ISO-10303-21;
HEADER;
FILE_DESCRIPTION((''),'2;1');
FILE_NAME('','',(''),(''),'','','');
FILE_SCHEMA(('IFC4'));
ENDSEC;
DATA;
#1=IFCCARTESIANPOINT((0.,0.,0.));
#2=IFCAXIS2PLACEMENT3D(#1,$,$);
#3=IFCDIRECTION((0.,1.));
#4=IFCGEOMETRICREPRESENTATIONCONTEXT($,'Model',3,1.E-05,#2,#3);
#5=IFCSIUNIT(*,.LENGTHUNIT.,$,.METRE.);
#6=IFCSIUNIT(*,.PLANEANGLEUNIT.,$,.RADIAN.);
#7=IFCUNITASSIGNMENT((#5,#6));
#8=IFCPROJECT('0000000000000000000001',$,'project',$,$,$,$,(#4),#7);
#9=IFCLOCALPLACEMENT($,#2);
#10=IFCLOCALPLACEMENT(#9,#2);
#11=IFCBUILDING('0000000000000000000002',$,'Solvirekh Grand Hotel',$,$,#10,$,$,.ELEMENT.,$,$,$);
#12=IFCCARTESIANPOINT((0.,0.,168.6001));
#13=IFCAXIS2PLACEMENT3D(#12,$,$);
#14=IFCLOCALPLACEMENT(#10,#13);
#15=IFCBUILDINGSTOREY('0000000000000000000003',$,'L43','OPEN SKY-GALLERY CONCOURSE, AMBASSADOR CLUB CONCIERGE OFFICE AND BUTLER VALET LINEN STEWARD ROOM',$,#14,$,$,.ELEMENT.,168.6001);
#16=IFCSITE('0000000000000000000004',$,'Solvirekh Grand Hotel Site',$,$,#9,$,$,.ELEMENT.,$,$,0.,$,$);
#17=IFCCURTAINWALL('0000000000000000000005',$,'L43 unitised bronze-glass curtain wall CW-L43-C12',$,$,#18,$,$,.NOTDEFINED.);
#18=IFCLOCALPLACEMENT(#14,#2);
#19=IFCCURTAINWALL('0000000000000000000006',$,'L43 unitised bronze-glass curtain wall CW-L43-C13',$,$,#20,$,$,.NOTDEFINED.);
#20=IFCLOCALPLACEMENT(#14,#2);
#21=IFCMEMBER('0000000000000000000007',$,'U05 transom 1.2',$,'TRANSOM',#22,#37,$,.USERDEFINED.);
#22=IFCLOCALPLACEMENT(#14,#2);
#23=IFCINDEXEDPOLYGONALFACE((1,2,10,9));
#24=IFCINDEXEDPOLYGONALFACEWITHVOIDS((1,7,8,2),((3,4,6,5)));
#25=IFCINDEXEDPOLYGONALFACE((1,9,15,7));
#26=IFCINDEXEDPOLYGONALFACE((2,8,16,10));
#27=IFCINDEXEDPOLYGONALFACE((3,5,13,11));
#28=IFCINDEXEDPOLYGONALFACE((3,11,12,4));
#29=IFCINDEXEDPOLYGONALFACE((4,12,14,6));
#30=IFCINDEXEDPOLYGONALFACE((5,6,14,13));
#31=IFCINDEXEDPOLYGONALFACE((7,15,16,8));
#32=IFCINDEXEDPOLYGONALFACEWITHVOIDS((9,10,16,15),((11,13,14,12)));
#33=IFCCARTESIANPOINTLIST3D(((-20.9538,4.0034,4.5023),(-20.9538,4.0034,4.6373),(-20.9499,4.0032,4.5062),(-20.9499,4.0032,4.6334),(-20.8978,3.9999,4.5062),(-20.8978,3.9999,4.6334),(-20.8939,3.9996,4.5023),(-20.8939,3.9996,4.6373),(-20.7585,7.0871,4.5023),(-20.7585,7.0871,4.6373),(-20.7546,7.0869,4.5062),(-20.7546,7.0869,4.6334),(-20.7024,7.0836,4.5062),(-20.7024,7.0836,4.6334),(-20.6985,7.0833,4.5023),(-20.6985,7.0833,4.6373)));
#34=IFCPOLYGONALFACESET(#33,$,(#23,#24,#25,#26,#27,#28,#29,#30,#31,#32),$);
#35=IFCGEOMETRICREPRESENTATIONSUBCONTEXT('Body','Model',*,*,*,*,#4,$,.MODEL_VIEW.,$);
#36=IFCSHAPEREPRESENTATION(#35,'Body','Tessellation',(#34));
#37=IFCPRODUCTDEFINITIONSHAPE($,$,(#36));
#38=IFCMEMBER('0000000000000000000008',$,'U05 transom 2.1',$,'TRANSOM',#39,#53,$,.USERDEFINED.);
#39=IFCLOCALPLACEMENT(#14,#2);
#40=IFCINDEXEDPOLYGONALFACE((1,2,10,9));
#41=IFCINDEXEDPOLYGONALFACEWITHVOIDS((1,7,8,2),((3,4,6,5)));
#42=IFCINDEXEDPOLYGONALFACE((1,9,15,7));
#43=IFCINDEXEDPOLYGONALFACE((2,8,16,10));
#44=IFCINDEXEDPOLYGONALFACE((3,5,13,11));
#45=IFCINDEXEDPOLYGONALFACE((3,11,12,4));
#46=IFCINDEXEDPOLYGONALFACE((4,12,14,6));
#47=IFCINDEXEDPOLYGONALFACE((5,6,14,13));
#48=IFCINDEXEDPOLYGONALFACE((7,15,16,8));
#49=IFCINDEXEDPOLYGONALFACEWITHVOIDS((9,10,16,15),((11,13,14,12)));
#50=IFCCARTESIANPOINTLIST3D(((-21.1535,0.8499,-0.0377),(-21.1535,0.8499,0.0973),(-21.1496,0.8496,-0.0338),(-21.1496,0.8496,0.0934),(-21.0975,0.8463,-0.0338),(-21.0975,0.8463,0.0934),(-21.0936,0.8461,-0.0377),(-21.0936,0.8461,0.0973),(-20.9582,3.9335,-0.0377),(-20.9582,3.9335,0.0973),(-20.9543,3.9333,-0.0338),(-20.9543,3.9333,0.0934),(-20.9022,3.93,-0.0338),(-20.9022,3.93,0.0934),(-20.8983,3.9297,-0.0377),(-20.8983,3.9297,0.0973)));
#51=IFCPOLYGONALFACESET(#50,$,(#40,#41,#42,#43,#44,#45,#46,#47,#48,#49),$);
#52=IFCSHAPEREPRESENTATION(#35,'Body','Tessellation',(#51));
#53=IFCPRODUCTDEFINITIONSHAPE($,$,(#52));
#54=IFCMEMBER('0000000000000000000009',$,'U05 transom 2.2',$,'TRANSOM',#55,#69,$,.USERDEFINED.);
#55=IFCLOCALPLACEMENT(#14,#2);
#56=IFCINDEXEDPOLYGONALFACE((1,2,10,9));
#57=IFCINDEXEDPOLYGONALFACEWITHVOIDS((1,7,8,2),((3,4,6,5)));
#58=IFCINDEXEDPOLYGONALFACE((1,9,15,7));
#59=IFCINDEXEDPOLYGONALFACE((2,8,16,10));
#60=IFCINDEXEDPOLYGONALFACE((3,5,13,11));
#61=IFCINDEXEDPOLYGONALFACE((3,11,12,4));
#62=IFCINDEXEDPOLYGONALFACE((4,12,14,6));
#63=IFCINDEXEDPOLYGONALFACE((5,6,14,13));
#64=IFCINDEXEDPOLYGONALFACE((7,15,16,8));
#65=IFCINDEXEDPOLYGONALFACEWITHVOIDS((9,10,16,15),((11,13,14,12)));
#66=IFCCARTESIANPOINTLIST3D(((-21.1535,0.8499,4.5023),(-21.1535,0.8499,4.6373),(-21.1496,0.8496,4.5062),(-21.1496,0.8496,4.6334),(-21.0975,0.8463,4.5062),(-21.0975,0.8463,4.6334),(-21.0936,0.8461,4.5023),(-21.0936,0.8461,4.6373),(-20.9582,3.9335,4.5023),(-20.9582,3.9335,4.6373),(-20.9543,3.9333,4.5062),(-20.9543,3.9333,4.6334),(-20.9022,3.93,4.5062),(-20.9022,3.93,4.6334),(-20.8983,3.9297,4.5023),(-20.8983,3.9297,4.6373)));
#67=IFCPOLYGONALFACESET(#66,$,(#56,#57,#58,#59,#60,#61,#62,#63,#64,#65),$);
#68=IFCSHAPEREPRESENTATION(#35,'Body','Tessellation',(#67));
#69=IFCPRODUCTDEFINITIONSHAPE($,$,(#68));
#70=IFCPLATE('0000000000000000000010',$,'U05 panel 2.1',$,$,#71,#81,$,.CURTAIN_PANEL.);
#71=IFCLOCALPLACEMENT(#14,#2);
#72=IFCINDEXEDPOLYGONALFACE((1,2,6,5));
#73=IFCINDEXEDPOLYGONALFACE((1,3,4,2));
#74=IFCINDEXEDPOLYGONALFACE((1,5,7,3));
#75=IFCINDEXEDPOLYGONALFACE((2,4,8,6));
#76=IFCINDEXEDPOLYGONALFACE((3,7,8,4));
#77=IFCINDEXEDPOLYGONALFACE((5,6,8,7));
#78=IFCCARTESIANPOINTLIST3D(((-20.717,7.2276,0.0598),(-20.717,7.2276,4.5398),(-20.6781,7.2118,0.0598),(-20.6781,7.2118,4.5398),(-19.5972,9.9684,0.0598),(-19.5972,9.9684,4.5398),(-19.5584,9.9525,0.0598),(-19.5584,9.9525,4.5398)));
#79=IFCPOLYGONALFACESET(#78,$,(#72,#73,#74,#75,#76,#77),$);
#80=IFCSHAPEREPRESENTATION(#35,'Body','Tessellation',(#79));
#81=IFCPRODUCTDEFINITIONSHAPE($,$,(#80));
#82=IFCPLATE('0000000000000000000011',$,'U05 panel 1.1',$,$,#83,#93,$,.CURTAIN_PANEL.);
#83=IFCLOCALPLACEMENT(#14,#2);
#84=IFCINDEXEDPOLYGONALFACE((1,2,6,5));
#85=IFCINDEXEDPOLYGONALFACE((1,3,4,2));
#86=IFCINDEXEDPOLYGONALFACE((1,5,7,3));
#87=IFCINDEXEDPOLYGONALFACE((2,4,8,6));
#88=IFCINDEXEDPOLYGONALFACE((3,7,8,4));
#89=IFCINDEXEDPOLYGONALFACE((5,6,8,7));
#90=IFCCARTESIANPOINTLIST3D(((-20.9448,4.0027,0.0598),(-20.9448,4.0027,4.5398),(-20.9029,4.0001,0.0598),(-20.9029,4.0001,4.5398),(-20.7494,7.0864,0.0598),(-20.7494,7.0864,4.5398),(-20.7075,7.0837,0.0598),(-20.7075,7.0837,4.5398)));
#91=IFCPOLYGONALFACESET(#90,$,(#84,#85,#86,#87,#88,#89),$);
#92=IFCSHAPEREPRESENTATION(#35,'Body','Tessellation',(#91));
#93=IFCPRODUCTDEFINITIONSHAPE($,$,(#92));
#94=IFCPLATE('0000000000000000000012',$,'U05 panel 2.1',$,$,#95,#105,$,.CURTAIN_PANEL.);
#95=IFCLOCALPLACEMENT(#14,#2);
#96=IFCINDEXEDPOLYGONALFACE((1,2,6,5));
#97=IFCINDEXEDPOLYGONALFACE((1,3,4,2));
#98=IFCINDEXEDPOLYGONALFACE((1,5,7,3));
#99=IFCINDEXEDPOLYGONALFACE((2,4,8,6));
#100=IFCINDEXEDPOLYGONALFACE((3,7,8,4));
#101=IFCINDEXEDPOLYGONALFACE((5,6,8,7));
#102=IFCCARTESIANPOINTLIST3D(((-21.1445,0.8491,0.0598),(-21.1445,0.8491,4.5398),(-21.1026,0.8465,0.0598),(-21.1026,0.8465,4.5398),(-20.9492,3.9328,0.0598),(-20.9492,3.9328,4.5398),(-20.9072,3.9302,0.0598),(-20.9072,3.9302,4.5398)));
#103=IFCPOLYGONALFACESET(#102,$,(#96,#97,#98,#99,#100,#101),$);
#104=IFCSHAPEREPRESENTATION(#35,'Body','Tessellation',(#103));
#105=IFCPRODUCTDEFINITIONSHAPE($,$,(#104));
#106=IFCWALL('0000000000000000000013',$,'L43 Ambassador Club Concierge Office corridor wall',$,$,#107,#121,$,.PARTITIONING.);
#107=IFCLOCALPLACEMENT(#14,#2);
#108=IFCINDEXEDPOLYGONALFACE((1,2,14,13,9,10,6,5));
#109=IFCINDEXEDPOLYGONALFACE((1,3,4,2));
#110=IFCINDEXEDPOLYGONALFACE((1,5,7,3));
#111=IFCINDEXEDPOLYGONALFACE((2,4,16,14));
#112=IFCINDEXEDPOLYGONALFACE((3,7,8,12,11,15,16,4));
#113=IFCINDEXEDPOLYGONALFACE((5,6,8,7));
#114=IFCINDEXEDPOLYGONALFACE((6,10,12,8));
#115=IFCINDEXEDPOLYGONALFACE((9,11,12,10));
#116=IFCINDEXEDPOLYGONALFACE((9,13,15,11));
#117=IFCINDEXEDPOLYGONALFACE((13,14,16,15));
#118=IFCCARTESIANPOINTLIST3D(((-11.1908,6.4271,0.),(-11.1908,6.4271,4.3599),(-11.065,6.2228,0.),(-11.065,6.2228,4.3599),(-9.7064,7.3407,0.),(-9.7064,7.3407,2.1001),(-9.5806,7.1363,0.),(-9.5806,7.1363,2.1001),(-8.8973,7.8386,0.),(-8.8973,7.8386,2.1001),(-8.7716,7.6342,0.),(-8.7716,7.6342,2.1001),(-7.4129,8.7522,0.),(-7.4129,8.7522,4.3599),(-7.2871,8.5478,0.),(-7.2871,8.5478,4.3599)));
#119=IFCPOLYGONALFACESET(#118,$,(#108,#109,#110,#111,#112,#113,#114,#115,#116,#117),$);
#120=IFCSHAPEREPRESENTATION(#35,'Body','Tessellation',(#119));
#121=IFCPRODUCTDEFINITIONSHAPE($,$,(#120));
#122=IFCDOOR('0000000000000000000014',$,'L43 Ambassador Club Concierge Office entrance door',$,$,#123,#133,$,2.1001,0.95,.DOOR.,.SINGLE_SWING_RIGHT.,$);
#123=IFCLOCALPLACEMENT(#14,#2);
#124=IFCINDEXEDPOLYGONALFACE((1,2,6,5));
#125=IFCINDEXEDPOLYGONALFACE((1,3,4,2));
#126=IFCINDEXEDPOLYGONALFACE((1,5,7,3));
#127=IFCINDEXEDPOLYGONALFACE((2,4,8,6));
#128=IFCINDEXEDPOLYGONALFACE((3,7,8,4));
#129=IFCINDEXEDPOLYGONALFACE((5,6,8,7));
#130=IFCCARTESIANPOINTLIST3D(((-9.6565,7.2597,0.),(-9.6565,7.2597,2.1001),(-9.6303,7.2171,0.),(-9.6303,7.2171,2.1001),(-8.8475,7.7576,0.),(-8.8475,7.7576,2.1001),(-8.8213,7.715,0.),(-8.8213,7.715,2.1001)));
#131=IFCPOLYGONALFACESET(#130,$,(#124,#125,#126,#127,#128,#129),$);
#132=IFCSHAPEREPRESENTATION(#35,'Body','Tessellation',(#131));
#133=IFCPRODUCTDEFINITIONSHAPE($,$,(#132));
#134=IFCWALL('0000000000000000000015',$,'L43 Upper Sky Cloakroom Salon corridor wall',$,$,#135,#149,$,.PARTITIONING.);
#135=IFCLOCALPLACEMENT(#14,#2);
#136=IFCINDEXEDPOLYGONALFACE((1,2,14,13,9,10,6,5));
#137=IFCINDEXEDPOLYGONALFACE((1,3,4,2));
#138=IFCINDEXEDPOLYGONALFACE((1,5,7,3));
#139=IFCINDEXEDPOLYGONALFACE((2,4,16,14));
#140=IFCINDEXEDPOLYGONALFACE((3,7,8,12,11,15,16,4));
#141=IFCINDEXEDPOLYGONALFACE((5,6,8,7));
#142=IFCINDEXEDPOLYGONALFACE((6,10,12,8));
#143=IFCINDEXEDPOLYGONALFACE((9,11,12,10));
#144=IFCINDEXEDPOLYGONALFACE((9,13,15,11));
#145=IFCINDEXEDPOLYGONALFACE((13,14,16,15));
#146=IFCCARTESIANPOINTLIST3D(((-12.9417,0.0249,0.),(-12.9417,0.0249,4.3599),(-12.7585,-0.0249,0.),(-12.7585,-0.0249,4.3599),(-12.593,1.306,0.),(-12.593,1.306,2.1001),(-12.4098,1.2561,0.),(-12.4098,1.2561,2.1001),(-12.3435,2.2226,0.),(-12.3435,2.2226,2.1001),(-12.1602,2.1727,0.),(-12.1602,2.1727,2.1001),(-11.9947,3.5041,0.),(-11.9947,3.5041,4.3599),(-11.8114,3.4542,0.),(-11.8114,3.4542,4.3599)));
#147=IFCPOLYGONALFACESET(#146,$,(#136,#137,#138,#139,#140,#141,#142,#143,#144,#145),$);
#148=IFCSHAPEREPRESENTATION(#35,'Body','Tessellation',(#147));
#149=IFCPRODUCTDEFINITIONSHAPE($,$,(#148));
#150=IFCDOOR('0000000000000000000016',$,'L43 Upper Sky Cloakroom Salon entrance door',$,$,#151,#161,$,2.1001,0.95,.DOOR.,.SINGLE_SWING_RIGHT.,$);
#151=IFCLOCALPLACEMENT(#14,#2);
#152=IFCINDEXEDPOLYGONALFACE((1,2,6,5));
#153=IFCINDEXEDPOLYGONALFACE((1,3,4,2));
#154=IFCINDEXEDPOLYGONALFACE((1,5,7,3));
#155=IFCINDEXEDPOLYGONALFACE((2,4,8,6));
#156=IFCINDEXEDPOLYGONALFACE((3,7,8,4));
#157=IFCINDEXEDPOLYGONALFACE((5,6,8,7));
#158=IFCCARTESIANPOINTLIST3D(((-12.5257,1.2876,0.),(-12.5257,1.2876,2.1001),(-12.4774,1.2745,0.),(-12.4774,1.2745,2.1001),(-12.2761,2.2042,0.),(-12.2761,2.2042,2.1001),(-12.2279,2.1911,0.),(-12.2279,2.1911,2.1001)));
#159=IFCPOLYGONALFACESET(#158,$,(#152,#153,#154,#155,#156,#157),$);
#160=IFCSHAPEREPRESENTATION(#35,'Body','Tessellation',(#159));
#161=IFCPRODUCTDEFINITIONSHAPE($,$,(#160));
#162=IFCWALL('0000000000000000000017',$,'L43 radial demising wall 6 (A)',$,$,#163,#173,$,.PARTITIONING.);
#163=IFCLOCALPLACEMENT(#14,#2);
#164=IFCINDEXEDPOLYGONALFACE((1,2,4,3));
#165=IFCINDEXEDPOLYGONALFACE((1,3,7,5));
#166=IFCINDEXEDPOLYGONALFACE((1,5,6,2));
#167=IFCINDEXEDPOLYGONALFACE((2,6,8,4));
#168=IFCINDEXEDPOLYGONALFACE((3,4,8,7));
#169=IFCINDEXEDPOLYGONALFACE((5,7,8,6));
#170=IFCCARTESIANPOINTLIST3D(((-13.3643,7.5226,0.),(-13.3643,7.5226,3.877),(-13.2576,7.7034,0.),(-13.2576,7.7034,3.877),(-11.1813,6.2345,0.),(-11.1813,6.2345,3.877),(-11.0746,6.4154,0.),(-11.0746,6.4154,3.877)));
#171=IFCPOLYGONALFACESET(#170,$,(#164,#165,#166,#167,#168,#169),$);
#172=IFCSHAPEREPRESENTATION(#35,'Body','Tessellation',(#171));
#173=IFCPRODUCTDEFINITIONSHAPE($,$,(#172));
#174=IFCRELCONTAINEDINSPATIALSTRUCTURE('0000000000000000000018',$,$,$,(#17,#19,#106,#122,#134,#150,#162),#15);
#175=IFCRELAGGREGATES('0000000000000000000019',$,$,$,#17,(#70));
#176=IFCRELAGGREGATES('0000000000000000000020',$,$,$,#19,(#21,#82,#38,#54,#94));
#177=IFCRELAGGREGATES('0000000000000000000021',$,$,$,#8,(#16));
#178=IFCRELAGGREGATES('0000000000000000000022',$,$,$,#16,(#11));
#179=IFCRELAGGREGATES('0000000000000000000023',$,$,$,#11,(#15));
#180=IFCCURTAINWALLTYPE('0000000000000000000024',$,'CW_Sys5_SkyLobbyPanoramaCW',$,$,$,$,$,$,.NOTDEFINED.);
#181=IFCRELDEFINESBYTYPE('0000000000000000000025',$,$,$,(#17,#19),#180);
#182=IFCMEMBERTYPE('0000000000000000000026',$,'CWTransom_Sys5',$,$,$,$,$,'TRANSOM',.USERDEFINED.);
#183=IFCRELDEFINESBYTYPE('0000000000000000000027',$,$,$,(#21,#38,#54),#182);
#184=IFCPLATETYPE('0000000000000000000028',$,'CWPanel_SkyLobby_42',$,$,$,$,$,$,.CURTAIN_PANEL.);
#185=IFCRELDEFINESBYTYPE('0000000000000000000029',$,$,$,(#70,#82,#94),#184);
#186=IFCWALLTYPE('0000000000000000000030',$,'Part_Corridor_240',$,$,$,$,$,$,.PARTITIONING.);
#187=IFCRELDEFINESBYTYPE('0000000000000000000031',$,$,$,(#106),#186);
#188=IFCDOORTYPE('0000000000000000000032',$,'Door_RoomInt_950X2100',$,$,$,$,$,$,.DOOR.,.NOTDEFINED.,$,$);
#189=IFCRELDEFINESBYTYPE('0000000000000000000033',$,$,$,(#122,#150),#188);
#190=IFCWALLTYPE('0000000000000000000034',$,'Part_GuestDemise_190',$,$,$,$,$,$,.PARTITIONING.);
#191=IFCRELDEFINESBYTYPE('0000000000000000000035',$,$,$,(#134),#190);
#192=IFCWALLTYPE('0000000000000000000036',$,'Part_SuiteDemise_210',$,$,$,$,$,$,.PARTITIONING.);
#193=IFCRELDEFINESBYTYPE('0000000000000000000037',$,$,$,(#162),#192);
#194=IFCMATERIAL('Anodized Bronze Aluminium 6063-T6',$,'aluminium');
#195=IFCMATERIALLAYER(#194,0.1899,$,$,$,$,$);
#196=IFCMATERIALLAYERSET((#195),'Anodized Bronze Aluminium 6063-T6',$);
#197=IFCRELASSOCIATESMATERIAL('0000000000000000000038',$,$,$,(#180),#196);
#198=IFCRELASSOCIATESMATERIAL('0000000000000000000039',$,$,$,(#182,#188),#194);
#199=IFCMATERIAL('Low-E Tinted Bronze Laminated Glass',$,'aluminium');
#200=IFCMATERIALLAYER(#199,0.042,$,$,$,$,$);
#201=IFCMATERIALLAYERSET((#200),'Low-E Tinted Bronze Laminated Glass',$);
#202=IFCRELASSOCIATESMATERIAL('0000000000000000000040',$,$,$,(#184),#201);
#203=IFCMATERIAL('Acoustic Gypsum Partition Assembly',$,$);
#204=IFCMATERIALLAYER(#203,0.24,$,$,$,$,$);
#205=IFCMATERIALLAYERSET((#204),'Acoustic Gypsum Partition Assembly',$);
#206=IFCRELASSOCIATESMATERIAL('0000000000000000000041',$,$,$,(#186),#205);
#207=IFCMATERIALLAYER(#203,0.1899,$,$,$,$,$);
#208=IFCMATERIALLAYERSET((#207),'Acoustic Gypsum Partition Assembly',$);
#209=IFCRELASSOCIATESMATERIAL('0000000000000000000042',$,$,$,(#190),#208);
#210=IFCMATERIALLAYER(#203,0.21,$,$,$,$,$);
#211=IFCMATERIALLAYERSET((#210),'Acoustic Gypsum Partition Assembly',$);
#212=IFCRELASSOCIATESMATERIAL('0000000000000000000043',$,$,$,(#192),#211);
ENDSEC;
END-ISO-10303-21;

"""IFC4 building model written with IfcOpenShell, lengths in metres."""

from ifc_helpers import new_model, si_unit, direction, frame, frame_2d, origin, origin_2d, place, context, subcontext, project, spatial, rectangle, hollow_rectangle, extrude, source, transform, mapped, material, layer, layer_set, material_profile, profile_set, type_object, element, fill, aggregate, save


model = new_model("IFC4")

# Units and contexts
model_context = context("Model", 3, precision=1e-05, world=origin(), true_north=direction((0.0, 1.0)))
body_context = subcontext(model_context, "Body", "Model", "MODEL_VIEW")
ifc_project = project(units=[si_unit("LENGTHUNIT", "METRE"), si_unit("PLANEANGLEUNIT", "RADIAN")], contexts=[model_context])

# Site, building, storey
site_placement = place(None, origin())
site = spatial("IfcSite", under=ifc_project, at=site_placement, Name="Solvirekh Grand Hotel Site", CompositionType="ELEMENT", RefElevation=0.0)
building_placement = place(site_placement, origin())
building = spatial("IfcBuilding", under=site, at=building_placement, Name="Solvirekh Grand Hotel", CompositionType="ELEMENT")
storey_placement = place(building_placement, frame((0.0, 0.0, 168.6001)))
storey = spatial("IfcBuildingStorey", under=building, at=storey_placement, Name="L43", Description="OPEN SKY-GALLERY CONCOURSE, AMBASSADOR CLUB CONCIERGE OFFICE AND BUTLER VALET LINEN STEWARD ROOM", CompositionType="ELEMENT", Elevation=168.6001)

# Curtain wall
ifc_material_1 = material(Name="Anodized Bronze Aluminium 6063-T6", Category="aluminium")
ifc_layer_1 = layer(ifc_material_1, 0.1899)
ifc_layer_set_1 = layer_set([ifc_layer_1], Name="Anodized Bronze Aluminium 6063-T6")
curtain_wall_type = type_object("IfcCurtainWallType", Name="CW_Sys5_SkyLobbyPanoramaCW", PredefinedType="NOTDEFINED", material=ifc_layer_set_1)
curtain_wall_1_placement = place(storey_placement, origin())
curtain_wall_1 = element("IfcCurtainWall", 1, at=curtain_wall_1_placement, inside=storey, type_object=curtain_wall_type, Name="L43 unitised bronze-glass curtain wall CW-L43-C12", PredefinedType="NOTDEFINED")

# Curtain wall
curtain_wall_2_placement = place(storey_placement, origin())
curtain_wall_2 = element("IfcCurtainWall", 2, at=curtain_wall_2_placement, inside=storey, type_object=curtain_wall_type, Name="L43 unitised bronze-glass curtain wall CW-L43-C13", PredefinedType="NOTDEFINED")

# Members
ifc_material_profile_1 = material_profile(ifc_material_1, hollow_rectangle(XDim=0.0601, YDim=0.135, WallThickness=0.0039, at=origin_2d()), Name="ALU RHS 135X60X4")
ifc_profile_set_1 = profile_set([ifc_material_profile_1], Name="Anodized Bronze Aluminium 6063-T6")
member_type_1 = type_object("IfcMemberType", Name="CWTransom_Sys5", ElementType="TRANSOM", PredefinedType="USERDEFINED", material=ifc_profile_set_1)
shared_shape_1 = source(origin(), body_context, "Body", "SweptSolid", [
    extrude(hollow_rectangle(XDim=0.0601, YDim=0.135, WallThickness=0.0039, at=origin_2d()), origin(), (0.0, 0.0, 1.0), 3.0898),
])
member_1_placement = place(storey_placement, frame((-20.7285, 7.0852, 4.5698), z_axis=(-0.06321, -0.998, 0.0), x_axis=(0.998, -0.06321, 0.0)))
member_1 = element("IfcMember", 3, at=member_1_placement, type_object=member_type_1, Name="U05 transom 1.2", ObjectType="TRANSOM", PredefinedType="USERDEFINED", context=body_context, shape_type="MappedRepresentation", body=[
    mapped(shared_shape_1, transform((0.0, 0.0, 0.0), x_axis=(1.0, 0.0, 0.0), y_axis=(0.0, 1.0, 0.0), z_axis=(0.0, 0.0, 1.0), scale=1.0)),
])
member_2_placement = place(storey_placement, frame((-20.9282, 3.9316, 0.0298), z_axis=(-0.06321, -0.998, 0.0), x_axis=(0.998, -0.06321, 0.0)))
member_2 = element("IfcMember", 4, at=member_2_placement, type_object=member_type_1, Name="U05 transom 2.1", ObjectType="TRANSOM", PredefinedType="USERDEFINED", context=body_context, shape_type="MappedRepresentation", body=[
    mapped(shared_shape_1, transform((0.0, 0.0, 0.0), x_axis=(1.0, 0.0, 0.0), y_axis=(0.0, 1.0, 0.0), z_axis=(0.0, 0.0, 1.0), scale=1.0)),
])
member_3_placement = place(storey_placement, frame((-20.9282, 3.9316, 4.5698), z_axis=(-0.06321, -0.998, 0.0), x_axis=(0.998, -0.06321, 0.0)))
member_3 = element("IfcMember", 5, at=member_3_placement, type_object=member_type_1, Name="U05 transom 2.2", ObjectType="TRANSOM", PredefinedType="USERDEFINED", context=body_context, shape_type="MappedRepresentation", body=[
    mapped(shared_shape_1, transform((0.0, 0.0, 0.0), x_axis=(1.0, 0.0, 0.0), y_axis=(0.0, 1.0, 0.0), z_axis=(0.0, 0.0, 1.0), scale=1.0)),
])

# Plates
ifc_material_2 = material(Name="Low-E Tinted Bronze Laminated Glass", Category="aluminium")
ifc_layer_2 = layer(ifc_material_2, 0.042)
ifc_layer_set_2 = layer_set([ifc_layer_2], Name="Low-E Tinted Bronze Laminated Glass")
plate_type = type_object("IfcPlateType", Name="CWPanel_SkyLobby_42", PredefinedType="CURTAIN_PANEL", material=ifc_layer_set_2)
shared_shape_2 = source(origin(), body_context, "Body", "SweptSolid", [
    extrude(rectangle(XDim=2.9607, YDim=0.042, at=origin_2d()), origin(), (0.0, 0.0, 1.0), 4.48),
])
plate_1_placement = place(storey_placement, frame((-20.1377, 8.5901, 0.0598), z_axis=(0.0, 0.0, 1.0), x_axis=(-0.378214, -0.925718, 0.0)))
plate_1 = element("IfcPlate", 6, at=plate_1_placement, type_object=plate_type, Name="U05 panel 2.1", PredefinedType="CURTAIN_PANEL", context=body_context, shape_type="MappedRepresentation", body=[
    mapped(shared_shape_2, transform((0.0, 0.0, 0.0), x_axis=(1.0, 0.0, 0.0), y_axis=(0.0, 1.0, 0.0), z_axis=(0.0, 0.0, 1.0), scale=1.0)),
])
aggregate(curtain_wall_1, [plate_1])
shared_shape_3 = source(origin(), body_context, "Body", "SweptSolid", [
    extrude(rectangle(XDim=3.0898, YDim=0.042, at=origin_2d()), origin(), (0.0, 0.0, 1.0), 4.48),
])
plate_2_placement = place(storey_placement, frame((-20.8262, 5.5432, 0.0598), z_axis=(0.0, 0.0, 1.0), x_axis=(-0.063226, -0.997999, 0.0)))
plate_2 = element("IfcPlate", 7, at=plate_2_placement, type_object=plate_type, Name="U05 panel 1.1", PredefinedType="CURTAIN_PANEL", context=body_context, shape_type="MappedRepresentation", body=[
    mapped(shared_shape_3, transform((0.0, 0.0, 0.0), x_axis=(1.0, 0.0, 0.0), y_axis=(0.0, 1.0, 0.0), z_axis=(0.0, 0.0, 1.0), scale=1.0)),
])
plate_3_placement = place(storey_placement, frame((-21.0259, 2.3896, 0.0598), z_axis=(0.0, 0.0, 1.0), x_axis=(-0.063226, -0.997999, 0.0)))
plate_3 = element("IfcPlate", 8, at=plate_3_placement, type_object=plate_type, Name="U05 panel 2.1", PredefinedType="CURTAIN_PANEL", context=body_context, shape_type="MappedRepresentation", body=[
    mapped(shared_shape_3, transform((0.0, 0.0, 0.0), x_axis=(1.0, 0.0, 0.0), y_axis=(0.0, 1.0, 0.0), z_axis=(0.0, 0.0, 1.0), scale=1.0)),
])
aggregate(curtain_wall_2, [member_1, plate_2, member_2, member_3, plate_3])

# Walls, openings, doors
ifc_material_3 = material(Name="Acoustic Gypsum Partition Assembly")
ifc_layer_3 = layer(ifc_material_3, 0.24)
ifc_layer_set_3 = layer_set([ifc_layer_3], Name="Acoustic Gypsum Partition Assembly")
wall_type_1 = type_object("IfcWallType", Name="Part_Corridor_240", PredefinedType="PARTITIONING", material=ifc_layer_set_3)
wall_1_placement = place(storey_placement, frame((-11.1279, 6.325, 0.0), z_axis=(0.0, 0.0, 1.0), x_axis=(0.851645, 0.524119, 0.0)))
wall_1 = element("IfcWall", 9, at=wall_1_placement, inside=storey, type_object=wall_type_1, Name="L43 Ambassador Club Concierge Office corridor wall", PredefinedType="PARTITIONING", context=body_context, shape_type="SweptSolid", body=[
    extrude(rectangle(XDim=4.436, YDim=0.24, at=frame_2d((2.218, 0.0))), origin(), (0.0, 0.0, 1.0), 4.3599),
])
opening_1_placement = place(wall_1_placement, frame((1.7429, 0.0, 0.0)))
opening_1 = element("IfcOpeningElement", 10, at=opening_1_placement, cuts=wall_1, PredefinedType="OPENING", context=body_context, shape_type="SweptSolid", body=[
    extrude(rectangle(XDim=0.95, YDim=2.1001, at=frame_2d((0.4751, 1.05))), frame((0.0, 0.1299, 0.0), z_axis=(0.0, -1.0, 0.0), x_axis=(1.0, 0.0, 0.0)), (0.0, 0.0, 1.0), 0.26),
])
door_type = type_object("IfcDoorType", Name="Door_RoomInt_950X2100", OperationType="NOTDEFINED", PredefinedType="DOOR", material=ifc_material_1)
door_1_placement = place(opening_1_placement, origin())
door_1 = element("IfcDoor", 11, at=door_1_placement, inside=storey, type_object=door_type, Name="L43 Ambassador Club Concierge Office entrance door", OperationType="SINGLE_SWING_RIGHT", OverallHeight=2.1001, OverallWidth=0.95, PredefinedType="DOOR", context=body_context, shape_type="SweptSolid", body=[
    extrude(rectangle(XDim=0.95, YDim=2.1001, at=frame_2d((0.4751, 1.05))), frame((0.0, 0.0249, 0.0), z_axis=(0.0, -1.0, 0.0), x_axis=(1.0, 0.0, 0.0)), (0.0, 0.0, 1.0), 0.05),
])
fill(opening_1, door_1)
ifc_layer_4 = layer(ifc_material_3, 0.1899)
ifc_layer_set_4 = layer_set([ifc_layer_4], Name="Acoustic Gypsum Partition Assembly")
wall_type_2 = type_object("IfcWallType", Name="Part_GuestDemise_190", PredefinedType="PARTITIONING", material=ifc_layer_set_4)
wall_2_placement = place(storey_placement, frame((-11.9031, 3.479, 0.0), z_axis=(0.0, 0.0, 1.0), x_axis=(-0.262653, -0.96489, 0.0)))
wall_2 = element("IfcWall", 12, at=wall_2_placement, inside=storey, type_object=wall_type_2, Name="L43 Upper Sky Cloakroom Salon corridor wall", PredefinedType="PARTITIONING", context=body_context, shape_type="SweptSolid", body=[
    extrude(rectangle(XDim=3.6057, YDim=0.1899, at=frame_2d((1.8027, 0.0))), origin(), (0.0, 0.0, 1.0), 4.3599),
])
opening_2_placement = place(wall_2_placement, frame((1.3279, 0.0, 0.0)))
opening_2 = element("IfcOpeningElement", 13, at=opening_2_placement, cuts=wall_2, PredefinedType="OPENING", context=body_context, shape_type="SweptSolid", body=[
    extrude(rectangle(XDim=0.95, YDim=2.1001, at=frame_2d((0.4751, 1.05))), frame((0.0, 0.105, 0.0), z_axis=(0.0, -1.0, 0.0), x_axis=(1.0, 0.0, 0.0)), (0.0, 0.0, 1.0), 0.21),
])
door_2_placement = place(opening_2_placement, origin())
door_2 = element("IfcDoor", 14, at=door_2_placement, inside=storey, type_object=door_type, Name="L43 Upper Sky Cloakroom Salon entrance door", OperationType="SINGLE_SWING_RIGHT", OverallHeight=2.1001, OverallWidth=0.95, PredefinedType="DOOR", context=body_context, shape_type="SweptSolid", body=[
    extrude(rectangle(XDim=0.95, YDim=2.1001, at=frame_2d((0.4751, 1.05))), frame((0.0, 0.0249, 0.0), z_axis=(0.0, -1.0, 0.0), x_axis=(1.0, 0.0, 0.0)), (0.0, 0.0, 1.0), 0.05),
])
fill(opening_2, door_2)

# Wall
ifc_layer_5 = layer(ifc_material_3, 0.21)
ifc_layer_set_5 = layer_set([ifc_layer_5], Name="Acoustic Gypsum Partition Assembly")
wall_type_3 = type_object("IfcWallType", Name="Part_SuiteDemise_210", PredefinedType="PARTITIONING", material=ifc_layer_set_5)
wall_3_placement = place(storey_placement, frame((-11.1279, 6.325, 0.0), z_axis=(0.0, 0.0, 1.0), x_axis=(-0.86126, 0.508165, 0.0)))
element("IfcWall", 15, at=wall_3_placement, inside=storey, type_object=wall_type_3, Name="L43 radial demising wall 6 (A)", PredefinedType="PARTITIONING", context=body_context, shape_type="SweptSolid", body=[
    extrude(rectangle(XDim=2.5347, YDim=0.21, at=frame_2d((1.2673, 0.0))), origin(), (0.0, 0.0, 1.0), 3.877),
])

save(model, "model.ifc")
